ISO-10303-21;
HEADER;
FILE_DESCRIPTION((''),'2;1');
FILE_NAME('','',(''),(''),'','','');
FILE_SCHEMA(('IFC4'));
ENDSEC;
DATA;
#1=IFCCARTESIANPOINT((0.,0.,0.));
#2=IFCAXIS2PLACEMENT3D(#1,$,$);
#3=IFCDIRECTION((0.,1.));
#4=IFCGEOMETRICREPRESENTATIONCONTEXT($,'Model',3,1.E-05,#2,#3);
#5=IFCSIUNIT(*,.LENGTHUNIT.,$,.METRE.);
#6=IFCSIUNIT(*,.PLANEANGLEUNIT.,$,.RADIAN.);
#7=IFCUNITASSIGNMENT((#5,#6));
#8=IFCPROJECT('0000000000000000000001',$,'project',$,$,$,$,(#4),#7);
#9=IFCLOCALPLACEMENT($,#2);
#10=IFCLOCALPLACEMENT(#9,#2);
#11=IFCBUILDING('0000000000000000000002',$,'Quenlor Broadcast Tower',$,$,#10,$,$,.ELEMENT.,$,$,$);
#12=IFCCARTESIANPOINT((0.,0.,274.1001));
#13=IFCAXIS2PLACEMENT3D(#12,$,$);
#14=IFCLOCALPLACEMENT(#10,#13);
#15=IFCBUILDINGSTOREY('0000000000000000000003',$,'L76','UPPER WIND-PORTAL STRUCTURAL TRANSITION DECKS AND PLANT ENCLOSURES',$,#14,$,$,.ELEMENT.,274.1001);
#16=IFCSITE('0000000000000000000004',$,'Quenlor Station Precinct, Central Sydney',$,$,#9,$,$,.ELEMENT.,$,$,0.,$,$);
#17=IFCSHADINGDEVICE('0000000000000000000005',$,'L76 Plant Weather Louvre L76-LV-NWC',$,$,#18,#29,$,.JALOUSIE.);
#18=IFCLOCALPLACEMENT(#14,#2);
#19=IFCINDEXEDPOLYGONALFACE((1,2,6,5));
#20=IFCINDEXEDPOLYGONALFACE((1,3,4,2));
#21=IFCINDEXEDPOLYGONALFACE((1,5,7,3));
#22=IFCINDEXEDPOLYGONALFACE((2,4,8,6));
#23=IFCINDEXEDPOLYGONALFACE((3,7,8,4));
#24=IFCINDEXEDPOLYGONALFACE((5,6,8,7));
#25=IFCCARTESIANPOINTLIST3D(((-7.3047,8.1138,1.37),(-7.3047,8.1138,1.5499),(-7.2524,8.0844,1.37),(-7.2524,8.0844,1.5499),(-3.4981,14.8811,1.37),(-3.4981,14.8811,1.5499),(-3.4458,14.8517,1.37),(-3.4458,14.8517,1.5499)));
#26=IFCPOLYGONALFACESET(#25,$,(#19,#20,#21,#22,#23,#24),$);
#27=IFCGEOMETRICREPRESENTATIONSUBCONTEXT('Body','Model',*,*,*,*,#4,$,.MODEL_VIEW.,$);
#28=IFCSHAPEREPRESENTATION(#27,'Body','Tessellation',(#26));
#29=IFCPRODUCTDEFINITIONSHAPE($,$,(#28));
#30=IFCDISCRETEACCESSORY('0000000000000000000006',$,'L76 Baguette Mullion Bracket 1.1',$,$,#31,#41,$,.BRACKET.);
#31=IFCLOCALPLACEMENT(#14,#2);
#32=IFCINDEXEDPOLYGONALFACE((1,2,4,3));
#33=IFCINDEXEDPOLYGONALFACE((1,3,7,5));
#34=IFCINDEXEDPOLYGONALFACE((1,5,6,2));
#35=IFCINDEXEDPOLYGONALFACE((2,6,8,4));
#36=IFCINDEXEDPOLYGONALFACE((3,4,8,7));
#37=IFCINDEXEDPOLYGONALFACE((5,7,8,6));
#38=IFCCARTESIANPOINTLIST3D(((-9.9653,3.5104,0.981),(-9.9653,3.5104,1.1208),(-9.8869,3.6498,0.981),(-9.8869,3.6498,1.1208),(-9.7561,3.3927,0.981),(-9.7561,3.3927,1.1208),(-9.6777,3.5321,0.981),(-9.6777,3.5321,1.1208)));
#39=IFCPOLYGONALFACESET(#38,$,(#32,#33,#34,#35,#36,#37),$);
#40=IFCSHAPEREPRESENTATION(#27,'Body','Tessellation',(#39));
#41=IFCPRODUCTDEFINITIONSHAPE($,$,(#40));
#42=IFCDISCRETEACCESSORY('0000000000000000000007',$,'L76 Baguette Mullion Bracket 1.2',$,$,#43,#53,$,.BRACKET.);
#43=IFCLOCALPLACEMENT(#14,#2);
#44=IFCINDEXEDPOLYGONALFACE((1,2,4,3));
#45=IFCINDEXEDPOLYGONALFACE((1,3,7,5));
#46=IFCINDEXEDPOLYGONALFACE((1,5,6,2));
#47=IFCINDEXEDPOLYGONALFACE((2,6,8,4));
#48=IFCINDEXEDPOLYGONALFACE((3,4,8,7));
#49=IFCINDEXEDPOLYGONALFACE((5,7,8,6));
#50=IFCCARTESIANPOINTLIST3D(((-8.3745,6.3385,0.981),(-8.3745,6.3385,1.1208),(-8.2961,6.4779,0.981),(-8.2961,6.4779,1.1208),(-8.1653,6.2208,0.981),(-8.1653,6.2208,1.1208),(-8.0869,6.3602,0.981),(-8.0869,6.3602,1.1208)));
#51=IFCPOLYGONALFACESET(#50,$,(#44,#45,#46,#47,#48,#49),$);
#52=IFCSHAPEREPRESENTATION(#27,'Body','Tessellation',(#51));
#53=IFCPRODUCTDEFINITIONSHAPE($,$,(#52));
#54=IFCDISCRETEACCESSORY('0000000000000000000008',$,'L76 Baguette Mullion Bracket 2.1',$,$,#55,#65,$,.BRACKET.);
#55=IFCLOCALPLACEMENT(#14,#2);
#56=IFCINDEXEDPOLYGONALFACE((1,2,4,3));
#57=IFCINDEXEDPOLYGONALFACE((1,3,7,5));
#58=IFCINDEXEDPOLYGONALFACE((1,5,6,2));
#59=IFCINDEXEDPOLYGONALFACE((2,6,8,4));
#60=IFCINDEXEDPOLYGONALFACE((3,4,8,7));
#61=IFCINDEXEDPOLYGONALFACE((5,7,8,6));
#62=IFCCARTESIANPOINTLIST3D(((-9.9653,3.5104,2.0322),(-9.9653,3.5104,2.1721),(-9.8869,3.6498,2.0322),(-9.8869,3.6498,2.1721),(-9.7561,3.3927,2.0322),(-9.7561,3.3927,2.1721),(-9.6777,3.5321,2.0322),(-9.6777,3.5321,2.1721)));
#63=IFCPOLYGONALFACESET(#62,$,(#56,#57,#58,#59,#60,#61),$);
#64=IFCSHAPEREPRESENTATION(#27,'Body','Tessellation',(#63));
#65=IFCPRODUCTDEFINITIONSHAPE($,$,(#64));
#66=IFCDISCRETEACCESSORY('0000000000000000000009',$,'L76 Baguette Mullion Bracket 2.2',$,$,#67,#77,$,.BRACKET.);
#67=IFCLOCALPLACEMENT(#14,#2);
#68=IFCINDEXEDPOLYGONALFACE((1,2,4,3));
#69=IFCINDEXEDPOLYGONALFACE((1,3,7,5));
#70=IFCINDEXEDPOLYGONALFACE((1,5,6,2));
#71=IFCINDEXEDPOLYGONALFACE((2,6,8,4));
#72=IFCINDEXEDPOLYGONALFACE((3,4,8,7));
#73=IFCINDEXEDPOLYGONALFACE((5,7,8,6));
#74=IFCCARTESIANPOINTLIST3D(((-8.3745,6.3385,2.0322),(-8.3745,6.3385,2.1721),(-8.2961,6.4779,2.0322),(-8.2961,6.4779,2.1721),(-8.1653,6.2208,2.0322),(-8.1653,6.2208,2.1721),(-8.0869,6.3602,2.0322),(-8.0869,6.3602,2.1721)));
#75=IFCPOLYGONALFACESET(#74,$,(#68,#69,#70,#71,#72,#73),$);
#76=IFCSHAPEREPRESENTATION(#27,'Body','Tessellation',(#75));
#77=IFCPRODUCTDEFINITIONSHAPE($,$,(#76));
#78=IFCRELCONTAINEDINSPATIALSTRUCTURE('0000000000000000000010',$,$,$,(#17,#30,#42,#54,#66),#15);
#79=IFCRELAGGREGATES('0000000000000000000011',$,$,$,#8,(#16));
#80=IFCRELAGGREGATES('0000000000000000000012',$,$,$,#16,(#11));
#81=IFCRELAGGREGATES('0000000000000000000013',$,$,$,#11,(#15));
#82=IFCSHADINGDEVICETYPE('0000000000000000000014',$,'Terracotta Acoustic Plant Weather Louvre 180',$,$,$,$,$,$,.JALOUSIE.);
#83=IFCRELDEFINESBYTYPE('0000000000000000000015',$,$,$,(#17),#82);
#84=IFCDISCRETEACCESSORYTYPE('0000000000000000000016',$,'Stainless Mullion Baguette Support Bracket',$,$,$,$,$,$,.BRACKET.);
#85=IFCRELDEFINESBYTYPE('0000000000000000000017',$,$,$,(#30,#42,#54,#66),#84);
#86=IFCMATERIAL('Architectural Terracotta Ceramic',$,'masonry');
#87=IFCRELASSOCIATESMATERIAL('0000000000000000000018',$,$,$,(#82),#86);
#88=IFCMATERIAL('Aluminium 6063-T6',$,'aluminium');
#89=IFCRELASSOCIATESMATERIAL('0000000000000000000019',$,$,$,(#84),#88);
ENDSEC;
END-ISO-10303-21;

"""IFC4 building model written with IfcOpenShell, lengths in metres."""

from ifc_helpers import new_model, si_unit, direction, frame, origin, origin_2d, place, context, subcontext, project, spatial, rectangle, extrude, material, material_profile, profile_set, type_object, element, save


model = new_model("IFC4")

# Units and contexts
model_context = context("Model", 3, precision=1e-05, world=origin(), true_north=direction((0.0, 1.0)))
body_context = subcontext(model_context, "Body", "Model", "MODEL_VIEW")
ifc_project = project(units=[si_unit("LENGTHUNIT", "METRE"), si_unit("PLANEANGLEUNIT", "RADIAN")], contexts=[model_context])

# Site, building, storey
site_placement = place(None, origin())
site = spatial("IfcSite", under=ifc_project, at=site_placement, Name="Quenlor Station Precinct, Central Sydney", CompositionType="ELEMENT", RefElevation=0.0)
building_placement = place(site_placement, origin())
building = spatial("IfcBuilding", under=site, at=building_placement, Name="Quenlor Broadcast Tower", CompositionType="ELEMENT")
storey_placement = place(building_placement, frame((0.0, 0.0, 274.1001)))
storey = spatial("IfcBuildingStorey", under=building, at=storey_placement, Name="L76", Description="UPPER WIND-PORTAL STRUCTURAL TRANSITION DECKS AND PLANT ENCLOSURES", CompositionType="ELEMENT", Elevation=274.1001)

# Shading device
ifc_material_1 = material(Name="Architectural Terracotta Ceramic", Category="masonry")
ifc_material_profile_1 = material_profile(ifc_material_1, rectangle(XDim=0.0601, YDim=0.1799, at=origin_2d()))
ifc_profile_set_1 = profile_set([ifc_material_profile_1], Name="Architectural Terracotta Ceramic LVR60x180")
shading_device_type_1 = type_object("IfcShadingDeviceType", Name="Terracotta Acoustic Plant Weather Louvre 180", PredefinedType="JALOUSIE", material=ifc_profile_set_1)
shading_device_placement = place(storey_placement, frame((-7.2786, 8.0991, 1.46), z_axis=(0.490263, 0.871575, 0.0), x_axis=(-0.871575, 0.490263, 0.0)))
element("IfcShadingDevice", 1, at=shading_device_placement, inside=storey, type_object=shading_device_type_1, Name="L76 Plant Weather Louvre L76-LV-NWC", PredefinedType="JALOUSIE", context=body_context, shape_type="SweptSolid", body=[
    extrude(rectangle(XDim=0.0601, YDim=0.1799, at=origin_2d()), origin(), (0.0, 0.0, 1.0), 7.7644),
])

# Discrete accessories
ifc_material_2 = material(Name="Aluminium 6063-T6", Category="aluminium")
discrete_accessory_type = type_object("IfcDiscreteAccessoryType", Name="Stainless Mullion Baguette Support Bracket", PredefinedType="BRACKET", material=ifc_material_2)
for number, where, z_axis, x_axis, name in (
    (2, (-9.8215, 3.5212, 0.981), (0.0, 0.0, 1.0), (0.490268, 0.871572, 0.0), "L76 Baguette Mullion Bracket 1.1"),
    (3, (-8.2307, 6.3494, 0.981), (0.0, 0.0, 1.0), (0.490268, 0.871572, 0.0), "L76 Baguette Mullion Bracket 1.2"),
    (4, (-9.8215, 3.5212, 2.0322), (0.0, 0.0, 1.0), (0.490268, 0.871572, 0.0), "L76 Baguette Mullion Bracket 2.1"),
    (5, (-8.2307, 6.3494, 2.0322), (0.0, 0.0, 1.0), (0.490268, 0.871572, 0.0), "L76 Baguette Mullion Bracket 2.2"),
):
    element("IfcDiscreteAccessory", number, at=place(storey_placement, frame(where, z_axis=z_axis, x_axis=x_axis)), inside=storey, type_object=discrete_accessory_type, Name=name, PredefinedType="BRACKET", context=body_context, shape_type="SweptSolid", body=[
        extrude(rectangle(XDim=0.1599, YDim=0.24, at=origin_2d()), origin(), (0.0, 0.0, 1.0), 0.1399),
    ])

save(model, "model.ifc")
